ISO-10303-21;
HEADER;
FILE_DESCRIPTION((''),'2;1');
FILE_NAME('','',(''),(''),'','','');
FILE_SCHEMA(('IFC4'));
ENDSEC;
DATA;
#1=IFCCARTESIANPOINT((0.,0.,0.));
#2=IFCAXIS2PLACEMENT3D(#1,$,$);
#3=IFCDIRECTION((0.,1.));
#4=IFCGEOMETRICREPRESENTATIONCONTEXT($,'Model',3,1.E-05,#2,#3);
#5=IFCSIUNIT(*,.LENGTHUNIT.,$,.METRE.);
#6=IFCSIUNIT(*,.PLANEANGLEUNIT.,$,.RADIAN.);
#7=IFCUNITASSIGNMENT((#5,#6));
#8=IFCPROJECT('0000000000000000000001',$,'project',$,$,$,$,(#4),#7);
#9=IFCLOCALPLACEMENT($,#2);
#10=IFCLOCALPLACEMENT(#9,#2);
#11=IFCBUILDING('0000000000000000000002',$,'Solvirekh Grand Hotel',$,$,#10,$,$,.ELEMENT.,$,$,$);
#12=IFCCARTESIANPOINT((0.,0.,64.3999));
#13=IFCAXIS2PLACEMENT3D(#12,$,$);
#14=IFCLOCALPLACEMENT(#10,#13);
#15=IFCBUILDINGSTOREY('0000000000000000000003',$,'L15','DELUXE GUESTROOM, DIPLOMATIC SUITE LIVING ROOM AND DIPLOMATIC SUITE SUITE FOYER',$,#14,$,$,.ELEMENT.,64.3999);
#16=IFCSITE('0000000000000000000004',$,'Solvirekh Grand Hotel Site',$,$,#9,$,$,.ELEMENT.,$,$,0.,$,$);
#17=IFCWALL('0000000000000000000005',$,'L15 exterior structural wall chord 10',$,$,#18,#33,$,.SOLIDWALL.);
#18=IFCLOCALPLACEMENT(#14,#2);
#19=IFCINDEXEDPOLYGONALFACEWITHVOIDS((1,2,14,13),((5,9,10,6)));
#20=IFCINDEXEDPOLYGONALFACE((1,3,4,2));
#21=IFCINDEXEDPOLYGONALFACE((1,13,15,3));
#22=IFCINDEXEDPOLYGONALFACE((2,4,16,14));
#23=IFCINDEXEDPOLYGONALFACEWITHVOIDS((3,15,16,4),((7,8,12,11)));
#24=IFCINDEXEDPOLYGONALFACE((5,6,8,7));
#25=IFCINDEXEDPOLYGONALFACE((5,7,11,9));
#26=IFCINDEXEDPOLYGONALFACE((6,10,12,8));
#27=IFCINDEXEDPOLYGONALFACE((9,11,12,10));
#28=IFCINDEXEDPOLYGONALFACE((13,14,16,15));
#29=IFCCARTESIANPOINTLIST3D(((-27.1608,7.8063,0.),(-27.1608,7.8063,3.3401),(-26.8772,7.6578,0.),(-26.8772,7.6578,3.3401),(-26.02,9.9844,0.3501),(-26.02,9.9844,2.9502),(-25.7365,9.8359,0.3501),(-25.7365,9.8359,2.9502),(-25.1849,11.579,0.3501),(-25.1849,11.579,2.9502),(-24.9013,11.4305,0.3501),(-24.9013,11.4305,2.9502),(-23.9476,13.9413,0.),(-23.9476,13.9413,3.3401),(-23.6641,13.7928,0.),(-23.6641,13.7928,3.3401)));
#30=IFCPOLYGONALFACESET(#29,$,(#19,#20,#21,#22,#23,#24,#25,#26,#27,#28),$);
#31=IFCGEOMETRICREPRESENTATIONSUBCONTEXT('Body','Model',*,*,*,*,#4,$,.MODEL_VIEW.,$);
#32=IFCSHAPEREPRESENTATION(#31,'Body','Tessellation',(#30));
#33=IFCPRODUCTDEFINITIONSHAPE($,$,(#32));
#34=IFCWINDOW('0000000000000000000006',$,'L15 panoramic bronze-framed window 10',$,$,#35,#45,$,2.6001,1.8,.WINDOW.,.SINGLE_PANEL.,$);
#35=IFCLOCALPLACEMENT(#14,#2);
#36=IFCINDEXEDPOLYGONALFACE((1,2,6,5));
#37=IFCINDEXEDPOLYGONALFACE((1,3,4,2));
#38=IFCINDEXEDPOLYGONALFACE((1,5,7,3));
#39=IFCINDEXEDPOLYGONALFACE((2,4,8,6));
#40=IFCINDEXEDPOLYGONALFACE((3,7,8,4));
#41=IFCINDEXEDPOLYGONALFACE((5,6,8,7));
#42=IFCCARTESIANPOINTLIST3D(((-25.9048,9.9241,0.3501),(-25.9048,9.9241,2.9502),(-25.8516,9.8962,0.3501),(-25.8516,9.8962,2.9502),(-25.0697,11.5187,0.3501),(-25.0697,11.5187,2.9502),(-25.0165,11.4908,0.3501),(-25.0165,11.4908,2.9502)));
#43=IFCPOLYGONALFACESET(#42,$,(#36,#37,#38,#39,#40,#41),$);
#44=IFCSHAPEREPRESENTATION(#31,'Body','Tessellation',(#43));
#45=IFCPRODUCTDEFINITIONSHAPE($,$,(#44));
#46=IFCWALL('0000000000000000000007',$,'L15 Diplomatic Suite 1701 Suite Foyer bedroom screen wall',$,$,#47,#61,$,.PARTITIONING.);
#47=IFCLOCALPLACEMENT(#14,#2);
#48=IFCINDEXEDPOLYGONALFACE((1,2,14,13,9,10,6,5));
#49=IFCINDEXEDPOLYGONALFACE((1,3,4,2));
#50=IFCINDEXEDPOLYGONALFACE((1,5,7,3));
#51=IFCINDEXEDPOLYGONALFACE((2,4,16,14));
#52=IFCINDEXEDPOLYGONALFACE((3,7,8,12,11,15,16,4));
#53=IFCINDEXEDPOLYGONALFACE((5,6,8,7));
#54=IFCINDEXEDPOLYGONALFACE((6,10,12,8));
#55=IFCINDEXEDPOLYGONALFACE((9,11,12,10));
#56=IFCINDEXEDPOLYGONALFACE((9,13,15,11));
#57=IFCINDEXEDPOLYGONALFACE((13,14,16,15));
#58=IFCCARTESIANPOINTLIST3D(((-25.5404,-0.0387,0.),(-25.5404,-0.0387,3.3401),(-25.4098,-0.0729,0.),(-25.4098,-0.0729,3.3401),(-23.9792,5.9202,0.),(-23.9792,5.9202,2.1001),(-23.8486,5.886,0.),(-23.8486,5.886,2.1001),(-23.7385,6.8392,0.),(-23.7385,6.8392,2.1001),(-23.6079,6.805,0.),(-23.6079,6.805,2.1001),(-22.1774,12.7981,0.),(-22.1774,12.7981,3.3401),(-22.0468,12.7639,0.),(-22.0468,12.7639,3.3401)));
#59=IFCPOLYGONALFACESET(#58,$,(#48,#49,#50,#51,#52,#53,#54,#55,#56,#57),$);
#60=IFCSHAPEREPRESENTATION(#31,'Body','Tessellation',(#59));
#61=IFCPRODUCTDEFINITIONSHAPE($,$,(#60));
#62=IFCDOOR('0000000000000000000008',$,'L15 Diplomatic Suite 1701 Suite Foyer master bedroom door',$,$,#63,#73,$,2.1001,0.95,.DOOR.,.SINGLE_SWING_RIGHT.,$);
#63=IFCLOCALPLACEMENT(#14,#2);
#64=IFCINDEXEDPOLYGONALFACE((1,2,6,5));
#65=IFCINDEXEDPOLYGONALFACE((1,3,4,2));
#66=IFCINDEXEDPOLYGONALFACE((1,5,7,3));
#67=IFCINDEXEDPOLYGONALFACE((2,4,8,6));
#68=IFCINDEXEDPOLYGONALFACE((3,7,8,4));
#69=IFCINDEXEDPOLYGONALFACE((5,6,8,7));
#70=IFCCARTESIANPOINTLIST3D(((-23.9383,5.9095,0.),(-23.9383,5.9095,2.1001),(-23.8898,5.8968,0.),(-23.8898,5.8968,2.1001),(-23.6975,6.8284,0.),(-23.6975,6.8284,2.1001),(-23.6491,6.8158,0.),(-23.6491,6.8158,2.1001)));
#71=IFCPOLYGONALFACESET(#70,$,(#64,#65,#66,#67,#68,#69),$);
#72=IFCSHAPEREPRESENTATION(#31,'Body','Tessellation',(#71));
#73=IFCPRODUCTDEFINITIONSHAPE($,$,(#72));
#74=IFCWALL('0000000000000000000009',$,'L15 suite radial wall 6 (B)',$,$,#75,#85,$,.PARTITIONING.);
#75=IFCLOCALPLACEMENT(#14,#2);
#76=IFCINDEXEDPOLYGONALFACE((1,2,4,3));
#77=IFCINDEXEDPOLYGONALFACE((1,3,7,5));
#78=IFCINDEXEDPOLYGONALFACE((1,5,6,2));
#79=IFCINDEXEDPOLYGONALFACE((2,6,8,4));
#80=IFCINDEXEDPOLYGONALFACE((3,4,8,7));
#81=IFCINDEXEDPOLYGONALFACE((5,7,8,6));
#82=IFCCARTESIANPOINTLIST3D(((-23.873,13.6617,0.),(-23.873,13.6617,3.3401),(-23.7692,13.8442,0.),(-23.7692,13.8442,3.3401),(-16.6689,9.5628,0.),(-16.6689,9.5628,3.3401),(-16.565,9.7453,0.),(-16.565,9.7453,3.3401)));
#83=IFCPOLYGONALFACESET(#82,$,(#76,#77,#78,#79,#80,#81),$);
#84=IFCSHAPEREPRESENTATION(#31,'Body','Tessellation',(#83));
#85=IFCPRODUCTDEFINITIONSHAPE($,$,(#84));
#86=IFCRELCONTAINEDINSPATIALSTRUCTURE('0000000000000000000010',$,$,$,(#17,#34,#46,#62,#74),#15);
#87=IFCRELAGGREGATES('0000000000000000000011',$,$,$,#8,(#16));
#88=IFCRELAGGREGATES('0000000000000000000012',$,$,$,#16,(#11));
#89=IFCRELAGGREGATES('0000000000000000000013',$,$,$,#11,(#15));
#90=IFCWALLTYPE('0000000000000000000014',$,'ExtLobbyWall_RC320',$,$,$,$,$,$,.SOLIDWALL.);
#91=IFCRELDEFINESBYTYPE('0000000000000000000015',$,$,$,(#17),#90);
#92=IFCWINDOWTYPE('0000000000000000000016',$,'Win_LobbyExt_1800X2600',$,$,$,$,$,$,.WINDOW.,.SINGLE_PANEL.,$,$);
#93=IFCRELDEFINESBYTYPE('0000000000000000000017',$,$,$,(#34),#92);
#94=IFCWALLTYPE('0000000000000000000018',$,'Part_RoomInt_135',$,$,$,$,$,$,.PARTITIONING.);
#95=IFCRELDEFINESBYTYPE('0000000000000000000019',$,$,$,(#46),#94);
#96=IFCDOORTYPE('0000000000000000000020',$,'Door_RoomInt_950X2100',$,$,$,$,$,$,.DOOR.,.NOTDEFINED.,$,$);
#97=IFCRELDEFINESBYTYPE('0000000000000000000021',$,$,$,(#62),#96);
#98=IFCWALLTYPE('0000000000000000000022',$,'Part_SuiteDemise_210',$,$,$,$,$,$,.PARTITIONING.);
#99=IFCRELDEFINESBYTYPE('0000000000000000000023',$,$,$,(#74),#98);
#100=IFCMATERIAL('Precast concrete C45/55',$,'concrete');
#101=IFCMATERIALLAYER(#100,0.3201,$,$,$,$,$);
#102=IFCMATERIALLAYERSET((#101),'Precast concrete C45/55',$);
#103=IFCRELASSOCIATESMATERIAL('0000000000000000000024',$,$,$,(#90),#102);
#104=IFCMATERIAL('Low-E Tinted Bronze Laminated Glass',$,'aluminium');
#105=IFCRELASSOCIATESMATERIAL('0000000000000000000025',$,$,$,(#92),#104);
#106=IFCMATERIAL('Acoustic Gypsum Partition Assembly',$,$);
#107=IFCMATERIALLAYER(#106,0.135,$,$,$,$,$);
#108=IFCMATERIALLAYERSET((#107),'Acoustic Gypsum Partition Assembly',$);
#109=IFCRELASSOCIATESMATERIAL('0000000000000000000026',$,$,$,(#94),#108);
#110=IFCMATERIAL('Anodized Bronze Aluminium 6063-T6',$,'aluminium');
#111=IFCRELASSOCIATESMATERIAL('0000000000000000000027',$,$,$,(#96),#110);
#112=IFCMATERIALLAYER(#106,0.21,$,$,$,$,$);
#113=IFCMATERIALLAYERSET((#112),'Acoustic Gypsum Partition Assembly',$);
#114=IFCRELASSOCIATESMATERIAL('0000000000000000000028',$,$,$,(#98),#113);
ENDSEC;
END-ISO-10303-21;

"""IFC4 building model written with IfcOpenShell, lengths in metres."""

from ifc_helpers import new_model, si_unit, direction, frame, frame_2d, origin, place, context, subcontext, project, spatial, rectangle, extrude, material, layer, layer_set, type_object, element, fill, save


model = new_model("IFC4")

# Units and contexts
model_context = context("Model", 3, precision=1e-05, world=origin(), true_north=direction((0.0, 1.0)))
body_context = subcontext(model_context, "Body", "Model", "MODEL_VIEW")
ifc_project = project(units=[si_unit("LENGTHUNIT", "METRE"), si_unit("PLANEANGLEUNIT", "RADIAN")], contexts=[model_context])

# Site, building, storey
site_placement = place(None, origin())
site = spatial("IfcSite", under=ifc_project, at=site_placement, Name="Solvirekh Grand Hotel Site", CompositionType="ELEMENT", RefElevation=0.0)
building_placement = place(site_placement, origin())
building = spatial("IfcBuilding", under=site, at=building_placement, Name="Solvirekh Grand Hotel", CompositionType="ELEMENT")
storey_placement = place(building_placement, frame((0.0, 0.0, 64.3999)))
storey = spatial("IfcBuildingStorey", under=building, at=storey_placement, Name="L15", Description="DELUXE GUESTROOM, DIPLOMATIC SUITE LIVING ROOM AND DIPLOMATIC SUITE SUITE FOYER", CompositionType="ELEMENT", Elevation=64.3999)

# Shared definitions
ifc_material_1 = material(Name="Anodized Bronze Aluminium 6063-T6", Category="aluminium")

# Shared definitions
ifc_material_2 = material(Name="Low-E Tinted Bronze Laminated Glass", Category="aluminium")

# Wall, opening, window
ifc_material_3 = material(Name="Precast concrete C45/55", Category="concrete")
ifc_layer_1 = layer(ifc_material_3, 0.3201)
ifc_layer_set_1 = layer_set([ifc_layer_1], Name="Precast concrete C45/55")
wall_type_1 = type_object("IfcWallType", Name="ExtLobbyWall_RC320", PredefinedType="SOLIDWALL", material=ifc_layer_set_1)
window_type = type_object("IfcWindowType", Name="Win_LobbyExt_1800X2600", PartitioningType="SINGLE_PANEL", PredefinedType="WINDOW", material=ifc_material_2)
wall_1_placement = place(storey_placement, frame((-27.019, 7.7319, 0.0), z_axis=(0.0, 0.0, 1.0), x_axis=(0.463957, 0.885858, 0.0)))
wall_1 = element("IfcWall", 1, at=wall_1_placement, inside=storey, type_object=wall_type_1, Name="L15 exterior structural wall chord 10", PredefinedType="SOLIDWALL", context=body_context, shape_type="SweptSolid", body=[
    extrude(rectangle(XDim=6.9255, YDim=0.3201, at=frame_2d((3.4629, 0.0))), origin(), (0.0, 0.0, 1.0), 3.3401),
])
opening_1_placement = place(wall_1_placement, frame((2.459, 0.0, 0.3501)))
opening_1 = element("IfcOpeningElement", 2, at=opening_1_placement, cuts=wall_1, PredefinedType="OPENING", context=body_context, shape_type="SweptSolid", body=[
    extrude(rectangle(XDim=1.8, YDim=2.6001, at=frame_2d((0.8999, 1.3))), frame((0.0, 0.1699, 0.0), z_axis=(0.0, -1.0, 0.0), x_axis=(1.0, 0.0, 0.0)), (0.0, 0.0, 1.0), 0.3401),
])
window_1_placement = place(opening_1_placement, origin())
window_1 = element("IfcWindow", 3, at=window_1_placement, inside=storey, type_object=window_type, Name="L15 panoramic bronze-framed window 10", OverallHeight=2.6001, OverallWidth=1.8, PartitioningType="SINGLE_PANEL", PredefinedType="WINDOW", context=body_context, shape_type="SweptSolid", body=[
    extrude(rectangle(XDim=1.8, YDim=2.6001, at=frame_2d((0.8999, 1.3))), frame((0.0, 0.03, 0.0), z_axis=(0.0, -1.0, 0.0), x_axis=(1.0, 0.0, 0.0)), (0.0, 0.0, 1.0), 0.0601),
])
fill(opening_1, window_1)

# Wall, opening, door
ifc_material_4 = material(Name="Acoustic Gypsum Partition Assembly")
ifc_layer_2 = layer(ifc_material_4, 0.135)
ifc_layer_set_2 = layer_set([ifc_layer_2], Name="Acoustic Gypsum Partition Assembly")
wall_type_2 = type_object("IfcWallType", Name="Part_RoomInt_135", PredefinedType="PARTITIONING", material=ifc_layer_set_2)
wall_2_placement = place(storey_placement, frame((-22.1121, 12.781, 0.0), z_axis=(0.0, 0.0, 1.0), x_axis=(-0.253429, -0.967354, 0.0)))
wall_2 = element("IfcWall", 4, at=wall_2_placement, inside=storey, type_object=wall_type_2, Name="L15 Diplomatic Suite 1701 Suite Foyer bedroom screen wall", PredefinedType="PARTITIONING", context=body_context, shape_type="SweptSolid", body=[
    extrude(rectangle(XDim=13.27, YDim=0.135, at=frame_2d((6.635, 0.0))), origin(), (0.0, 0.0, 1.0), 3.3401),
])
opening_2_placement = place(wall_2_placement, frame((6.1599, 0.0, 0.0)))
opening_2 = element("IfcOpeningElement", 5, at=opening_2_placement, cuts=wall_2, PredefinedType="OPENING", context=body_context, shape_type="SweptSolid", body=[
    extrude(rectangle(XDim=0.95, YDim=2.1001, at=frame_2d((0.4751, 1.05))), frame((0.0, 0.0776, 0.0), z_axis=(0.0, -1.0, 0.0), x_axis=(1.0, 0.0, 0.0)), (0.0, 0.0, 1.0), 0.155),
])
door_type = type_object("IfcDoorType", Name="Door_RoomInt_950X2100", OperationType="NOTDEFINED", PredefinedType="DOOR", material=ifc_material_1)
door_placement = place(opening_2_placement, origin())
door = element("IfcDoor", 6, at=door_placement, inside=storey, type_object=door_type, Name="L15 Diplomatic Suite 1701 Suite Foyer master bedroom door", OperationType="SINGLE_SWING_RIGHT", OverallHeight=2.1001, OverallWidth=0.95, PredefinedType="DOOR", context=body_context, shape_type="SweptSolid", body=[
    extrude(rectangle(XDim=0.95, YDim=2.1001, at=frame_2d((0.4751, 1.05))), frame((0.0, 0.0249, 0.0), z_axis=(0.0, -1.0, 0.0), x_axis=(1.0, 0.0, 0.0)), (0.0, 0.0, 1.0), 0.05),
])
fill(opening_2, door)

# Wall
ifc_layer_3 = layer(ifc_material_4, 0.21)
ifc_layer_set_3 = layer_set([ifc_layer_3], Name="Acoustic Gypsum Partition Assembly")
wall_type_3 = type_object("IfcWallType", Name="Part_SuiteDemise_210", PredefinedType="PARTITIONING", material=ifc_layer_set_3)
wall_3_placement = place(storey_placement, frame((-16.6169, 9.6541, 0.0), z_axis=(0.0, 0.0, 1.0), x_axis=(-0.869164, 0.494523, 0.0)))
element("IfcWall", 7, at=wall_3_placement, inside=storey, type_object=wall_type_3, Name="L15 suite radial wall 6 (B)", PredefinedType="PARTITIONING", context=body_context, shape_type="SweptSolid", body=[
    extrude(rectangle(XDim=8.2886, YDim=0.21, at=frame_2d((4.1443, 0.0))), origin(), (0.0, 0.0, 1.0), 3.3401),
])

save(model, "model.ifc")
